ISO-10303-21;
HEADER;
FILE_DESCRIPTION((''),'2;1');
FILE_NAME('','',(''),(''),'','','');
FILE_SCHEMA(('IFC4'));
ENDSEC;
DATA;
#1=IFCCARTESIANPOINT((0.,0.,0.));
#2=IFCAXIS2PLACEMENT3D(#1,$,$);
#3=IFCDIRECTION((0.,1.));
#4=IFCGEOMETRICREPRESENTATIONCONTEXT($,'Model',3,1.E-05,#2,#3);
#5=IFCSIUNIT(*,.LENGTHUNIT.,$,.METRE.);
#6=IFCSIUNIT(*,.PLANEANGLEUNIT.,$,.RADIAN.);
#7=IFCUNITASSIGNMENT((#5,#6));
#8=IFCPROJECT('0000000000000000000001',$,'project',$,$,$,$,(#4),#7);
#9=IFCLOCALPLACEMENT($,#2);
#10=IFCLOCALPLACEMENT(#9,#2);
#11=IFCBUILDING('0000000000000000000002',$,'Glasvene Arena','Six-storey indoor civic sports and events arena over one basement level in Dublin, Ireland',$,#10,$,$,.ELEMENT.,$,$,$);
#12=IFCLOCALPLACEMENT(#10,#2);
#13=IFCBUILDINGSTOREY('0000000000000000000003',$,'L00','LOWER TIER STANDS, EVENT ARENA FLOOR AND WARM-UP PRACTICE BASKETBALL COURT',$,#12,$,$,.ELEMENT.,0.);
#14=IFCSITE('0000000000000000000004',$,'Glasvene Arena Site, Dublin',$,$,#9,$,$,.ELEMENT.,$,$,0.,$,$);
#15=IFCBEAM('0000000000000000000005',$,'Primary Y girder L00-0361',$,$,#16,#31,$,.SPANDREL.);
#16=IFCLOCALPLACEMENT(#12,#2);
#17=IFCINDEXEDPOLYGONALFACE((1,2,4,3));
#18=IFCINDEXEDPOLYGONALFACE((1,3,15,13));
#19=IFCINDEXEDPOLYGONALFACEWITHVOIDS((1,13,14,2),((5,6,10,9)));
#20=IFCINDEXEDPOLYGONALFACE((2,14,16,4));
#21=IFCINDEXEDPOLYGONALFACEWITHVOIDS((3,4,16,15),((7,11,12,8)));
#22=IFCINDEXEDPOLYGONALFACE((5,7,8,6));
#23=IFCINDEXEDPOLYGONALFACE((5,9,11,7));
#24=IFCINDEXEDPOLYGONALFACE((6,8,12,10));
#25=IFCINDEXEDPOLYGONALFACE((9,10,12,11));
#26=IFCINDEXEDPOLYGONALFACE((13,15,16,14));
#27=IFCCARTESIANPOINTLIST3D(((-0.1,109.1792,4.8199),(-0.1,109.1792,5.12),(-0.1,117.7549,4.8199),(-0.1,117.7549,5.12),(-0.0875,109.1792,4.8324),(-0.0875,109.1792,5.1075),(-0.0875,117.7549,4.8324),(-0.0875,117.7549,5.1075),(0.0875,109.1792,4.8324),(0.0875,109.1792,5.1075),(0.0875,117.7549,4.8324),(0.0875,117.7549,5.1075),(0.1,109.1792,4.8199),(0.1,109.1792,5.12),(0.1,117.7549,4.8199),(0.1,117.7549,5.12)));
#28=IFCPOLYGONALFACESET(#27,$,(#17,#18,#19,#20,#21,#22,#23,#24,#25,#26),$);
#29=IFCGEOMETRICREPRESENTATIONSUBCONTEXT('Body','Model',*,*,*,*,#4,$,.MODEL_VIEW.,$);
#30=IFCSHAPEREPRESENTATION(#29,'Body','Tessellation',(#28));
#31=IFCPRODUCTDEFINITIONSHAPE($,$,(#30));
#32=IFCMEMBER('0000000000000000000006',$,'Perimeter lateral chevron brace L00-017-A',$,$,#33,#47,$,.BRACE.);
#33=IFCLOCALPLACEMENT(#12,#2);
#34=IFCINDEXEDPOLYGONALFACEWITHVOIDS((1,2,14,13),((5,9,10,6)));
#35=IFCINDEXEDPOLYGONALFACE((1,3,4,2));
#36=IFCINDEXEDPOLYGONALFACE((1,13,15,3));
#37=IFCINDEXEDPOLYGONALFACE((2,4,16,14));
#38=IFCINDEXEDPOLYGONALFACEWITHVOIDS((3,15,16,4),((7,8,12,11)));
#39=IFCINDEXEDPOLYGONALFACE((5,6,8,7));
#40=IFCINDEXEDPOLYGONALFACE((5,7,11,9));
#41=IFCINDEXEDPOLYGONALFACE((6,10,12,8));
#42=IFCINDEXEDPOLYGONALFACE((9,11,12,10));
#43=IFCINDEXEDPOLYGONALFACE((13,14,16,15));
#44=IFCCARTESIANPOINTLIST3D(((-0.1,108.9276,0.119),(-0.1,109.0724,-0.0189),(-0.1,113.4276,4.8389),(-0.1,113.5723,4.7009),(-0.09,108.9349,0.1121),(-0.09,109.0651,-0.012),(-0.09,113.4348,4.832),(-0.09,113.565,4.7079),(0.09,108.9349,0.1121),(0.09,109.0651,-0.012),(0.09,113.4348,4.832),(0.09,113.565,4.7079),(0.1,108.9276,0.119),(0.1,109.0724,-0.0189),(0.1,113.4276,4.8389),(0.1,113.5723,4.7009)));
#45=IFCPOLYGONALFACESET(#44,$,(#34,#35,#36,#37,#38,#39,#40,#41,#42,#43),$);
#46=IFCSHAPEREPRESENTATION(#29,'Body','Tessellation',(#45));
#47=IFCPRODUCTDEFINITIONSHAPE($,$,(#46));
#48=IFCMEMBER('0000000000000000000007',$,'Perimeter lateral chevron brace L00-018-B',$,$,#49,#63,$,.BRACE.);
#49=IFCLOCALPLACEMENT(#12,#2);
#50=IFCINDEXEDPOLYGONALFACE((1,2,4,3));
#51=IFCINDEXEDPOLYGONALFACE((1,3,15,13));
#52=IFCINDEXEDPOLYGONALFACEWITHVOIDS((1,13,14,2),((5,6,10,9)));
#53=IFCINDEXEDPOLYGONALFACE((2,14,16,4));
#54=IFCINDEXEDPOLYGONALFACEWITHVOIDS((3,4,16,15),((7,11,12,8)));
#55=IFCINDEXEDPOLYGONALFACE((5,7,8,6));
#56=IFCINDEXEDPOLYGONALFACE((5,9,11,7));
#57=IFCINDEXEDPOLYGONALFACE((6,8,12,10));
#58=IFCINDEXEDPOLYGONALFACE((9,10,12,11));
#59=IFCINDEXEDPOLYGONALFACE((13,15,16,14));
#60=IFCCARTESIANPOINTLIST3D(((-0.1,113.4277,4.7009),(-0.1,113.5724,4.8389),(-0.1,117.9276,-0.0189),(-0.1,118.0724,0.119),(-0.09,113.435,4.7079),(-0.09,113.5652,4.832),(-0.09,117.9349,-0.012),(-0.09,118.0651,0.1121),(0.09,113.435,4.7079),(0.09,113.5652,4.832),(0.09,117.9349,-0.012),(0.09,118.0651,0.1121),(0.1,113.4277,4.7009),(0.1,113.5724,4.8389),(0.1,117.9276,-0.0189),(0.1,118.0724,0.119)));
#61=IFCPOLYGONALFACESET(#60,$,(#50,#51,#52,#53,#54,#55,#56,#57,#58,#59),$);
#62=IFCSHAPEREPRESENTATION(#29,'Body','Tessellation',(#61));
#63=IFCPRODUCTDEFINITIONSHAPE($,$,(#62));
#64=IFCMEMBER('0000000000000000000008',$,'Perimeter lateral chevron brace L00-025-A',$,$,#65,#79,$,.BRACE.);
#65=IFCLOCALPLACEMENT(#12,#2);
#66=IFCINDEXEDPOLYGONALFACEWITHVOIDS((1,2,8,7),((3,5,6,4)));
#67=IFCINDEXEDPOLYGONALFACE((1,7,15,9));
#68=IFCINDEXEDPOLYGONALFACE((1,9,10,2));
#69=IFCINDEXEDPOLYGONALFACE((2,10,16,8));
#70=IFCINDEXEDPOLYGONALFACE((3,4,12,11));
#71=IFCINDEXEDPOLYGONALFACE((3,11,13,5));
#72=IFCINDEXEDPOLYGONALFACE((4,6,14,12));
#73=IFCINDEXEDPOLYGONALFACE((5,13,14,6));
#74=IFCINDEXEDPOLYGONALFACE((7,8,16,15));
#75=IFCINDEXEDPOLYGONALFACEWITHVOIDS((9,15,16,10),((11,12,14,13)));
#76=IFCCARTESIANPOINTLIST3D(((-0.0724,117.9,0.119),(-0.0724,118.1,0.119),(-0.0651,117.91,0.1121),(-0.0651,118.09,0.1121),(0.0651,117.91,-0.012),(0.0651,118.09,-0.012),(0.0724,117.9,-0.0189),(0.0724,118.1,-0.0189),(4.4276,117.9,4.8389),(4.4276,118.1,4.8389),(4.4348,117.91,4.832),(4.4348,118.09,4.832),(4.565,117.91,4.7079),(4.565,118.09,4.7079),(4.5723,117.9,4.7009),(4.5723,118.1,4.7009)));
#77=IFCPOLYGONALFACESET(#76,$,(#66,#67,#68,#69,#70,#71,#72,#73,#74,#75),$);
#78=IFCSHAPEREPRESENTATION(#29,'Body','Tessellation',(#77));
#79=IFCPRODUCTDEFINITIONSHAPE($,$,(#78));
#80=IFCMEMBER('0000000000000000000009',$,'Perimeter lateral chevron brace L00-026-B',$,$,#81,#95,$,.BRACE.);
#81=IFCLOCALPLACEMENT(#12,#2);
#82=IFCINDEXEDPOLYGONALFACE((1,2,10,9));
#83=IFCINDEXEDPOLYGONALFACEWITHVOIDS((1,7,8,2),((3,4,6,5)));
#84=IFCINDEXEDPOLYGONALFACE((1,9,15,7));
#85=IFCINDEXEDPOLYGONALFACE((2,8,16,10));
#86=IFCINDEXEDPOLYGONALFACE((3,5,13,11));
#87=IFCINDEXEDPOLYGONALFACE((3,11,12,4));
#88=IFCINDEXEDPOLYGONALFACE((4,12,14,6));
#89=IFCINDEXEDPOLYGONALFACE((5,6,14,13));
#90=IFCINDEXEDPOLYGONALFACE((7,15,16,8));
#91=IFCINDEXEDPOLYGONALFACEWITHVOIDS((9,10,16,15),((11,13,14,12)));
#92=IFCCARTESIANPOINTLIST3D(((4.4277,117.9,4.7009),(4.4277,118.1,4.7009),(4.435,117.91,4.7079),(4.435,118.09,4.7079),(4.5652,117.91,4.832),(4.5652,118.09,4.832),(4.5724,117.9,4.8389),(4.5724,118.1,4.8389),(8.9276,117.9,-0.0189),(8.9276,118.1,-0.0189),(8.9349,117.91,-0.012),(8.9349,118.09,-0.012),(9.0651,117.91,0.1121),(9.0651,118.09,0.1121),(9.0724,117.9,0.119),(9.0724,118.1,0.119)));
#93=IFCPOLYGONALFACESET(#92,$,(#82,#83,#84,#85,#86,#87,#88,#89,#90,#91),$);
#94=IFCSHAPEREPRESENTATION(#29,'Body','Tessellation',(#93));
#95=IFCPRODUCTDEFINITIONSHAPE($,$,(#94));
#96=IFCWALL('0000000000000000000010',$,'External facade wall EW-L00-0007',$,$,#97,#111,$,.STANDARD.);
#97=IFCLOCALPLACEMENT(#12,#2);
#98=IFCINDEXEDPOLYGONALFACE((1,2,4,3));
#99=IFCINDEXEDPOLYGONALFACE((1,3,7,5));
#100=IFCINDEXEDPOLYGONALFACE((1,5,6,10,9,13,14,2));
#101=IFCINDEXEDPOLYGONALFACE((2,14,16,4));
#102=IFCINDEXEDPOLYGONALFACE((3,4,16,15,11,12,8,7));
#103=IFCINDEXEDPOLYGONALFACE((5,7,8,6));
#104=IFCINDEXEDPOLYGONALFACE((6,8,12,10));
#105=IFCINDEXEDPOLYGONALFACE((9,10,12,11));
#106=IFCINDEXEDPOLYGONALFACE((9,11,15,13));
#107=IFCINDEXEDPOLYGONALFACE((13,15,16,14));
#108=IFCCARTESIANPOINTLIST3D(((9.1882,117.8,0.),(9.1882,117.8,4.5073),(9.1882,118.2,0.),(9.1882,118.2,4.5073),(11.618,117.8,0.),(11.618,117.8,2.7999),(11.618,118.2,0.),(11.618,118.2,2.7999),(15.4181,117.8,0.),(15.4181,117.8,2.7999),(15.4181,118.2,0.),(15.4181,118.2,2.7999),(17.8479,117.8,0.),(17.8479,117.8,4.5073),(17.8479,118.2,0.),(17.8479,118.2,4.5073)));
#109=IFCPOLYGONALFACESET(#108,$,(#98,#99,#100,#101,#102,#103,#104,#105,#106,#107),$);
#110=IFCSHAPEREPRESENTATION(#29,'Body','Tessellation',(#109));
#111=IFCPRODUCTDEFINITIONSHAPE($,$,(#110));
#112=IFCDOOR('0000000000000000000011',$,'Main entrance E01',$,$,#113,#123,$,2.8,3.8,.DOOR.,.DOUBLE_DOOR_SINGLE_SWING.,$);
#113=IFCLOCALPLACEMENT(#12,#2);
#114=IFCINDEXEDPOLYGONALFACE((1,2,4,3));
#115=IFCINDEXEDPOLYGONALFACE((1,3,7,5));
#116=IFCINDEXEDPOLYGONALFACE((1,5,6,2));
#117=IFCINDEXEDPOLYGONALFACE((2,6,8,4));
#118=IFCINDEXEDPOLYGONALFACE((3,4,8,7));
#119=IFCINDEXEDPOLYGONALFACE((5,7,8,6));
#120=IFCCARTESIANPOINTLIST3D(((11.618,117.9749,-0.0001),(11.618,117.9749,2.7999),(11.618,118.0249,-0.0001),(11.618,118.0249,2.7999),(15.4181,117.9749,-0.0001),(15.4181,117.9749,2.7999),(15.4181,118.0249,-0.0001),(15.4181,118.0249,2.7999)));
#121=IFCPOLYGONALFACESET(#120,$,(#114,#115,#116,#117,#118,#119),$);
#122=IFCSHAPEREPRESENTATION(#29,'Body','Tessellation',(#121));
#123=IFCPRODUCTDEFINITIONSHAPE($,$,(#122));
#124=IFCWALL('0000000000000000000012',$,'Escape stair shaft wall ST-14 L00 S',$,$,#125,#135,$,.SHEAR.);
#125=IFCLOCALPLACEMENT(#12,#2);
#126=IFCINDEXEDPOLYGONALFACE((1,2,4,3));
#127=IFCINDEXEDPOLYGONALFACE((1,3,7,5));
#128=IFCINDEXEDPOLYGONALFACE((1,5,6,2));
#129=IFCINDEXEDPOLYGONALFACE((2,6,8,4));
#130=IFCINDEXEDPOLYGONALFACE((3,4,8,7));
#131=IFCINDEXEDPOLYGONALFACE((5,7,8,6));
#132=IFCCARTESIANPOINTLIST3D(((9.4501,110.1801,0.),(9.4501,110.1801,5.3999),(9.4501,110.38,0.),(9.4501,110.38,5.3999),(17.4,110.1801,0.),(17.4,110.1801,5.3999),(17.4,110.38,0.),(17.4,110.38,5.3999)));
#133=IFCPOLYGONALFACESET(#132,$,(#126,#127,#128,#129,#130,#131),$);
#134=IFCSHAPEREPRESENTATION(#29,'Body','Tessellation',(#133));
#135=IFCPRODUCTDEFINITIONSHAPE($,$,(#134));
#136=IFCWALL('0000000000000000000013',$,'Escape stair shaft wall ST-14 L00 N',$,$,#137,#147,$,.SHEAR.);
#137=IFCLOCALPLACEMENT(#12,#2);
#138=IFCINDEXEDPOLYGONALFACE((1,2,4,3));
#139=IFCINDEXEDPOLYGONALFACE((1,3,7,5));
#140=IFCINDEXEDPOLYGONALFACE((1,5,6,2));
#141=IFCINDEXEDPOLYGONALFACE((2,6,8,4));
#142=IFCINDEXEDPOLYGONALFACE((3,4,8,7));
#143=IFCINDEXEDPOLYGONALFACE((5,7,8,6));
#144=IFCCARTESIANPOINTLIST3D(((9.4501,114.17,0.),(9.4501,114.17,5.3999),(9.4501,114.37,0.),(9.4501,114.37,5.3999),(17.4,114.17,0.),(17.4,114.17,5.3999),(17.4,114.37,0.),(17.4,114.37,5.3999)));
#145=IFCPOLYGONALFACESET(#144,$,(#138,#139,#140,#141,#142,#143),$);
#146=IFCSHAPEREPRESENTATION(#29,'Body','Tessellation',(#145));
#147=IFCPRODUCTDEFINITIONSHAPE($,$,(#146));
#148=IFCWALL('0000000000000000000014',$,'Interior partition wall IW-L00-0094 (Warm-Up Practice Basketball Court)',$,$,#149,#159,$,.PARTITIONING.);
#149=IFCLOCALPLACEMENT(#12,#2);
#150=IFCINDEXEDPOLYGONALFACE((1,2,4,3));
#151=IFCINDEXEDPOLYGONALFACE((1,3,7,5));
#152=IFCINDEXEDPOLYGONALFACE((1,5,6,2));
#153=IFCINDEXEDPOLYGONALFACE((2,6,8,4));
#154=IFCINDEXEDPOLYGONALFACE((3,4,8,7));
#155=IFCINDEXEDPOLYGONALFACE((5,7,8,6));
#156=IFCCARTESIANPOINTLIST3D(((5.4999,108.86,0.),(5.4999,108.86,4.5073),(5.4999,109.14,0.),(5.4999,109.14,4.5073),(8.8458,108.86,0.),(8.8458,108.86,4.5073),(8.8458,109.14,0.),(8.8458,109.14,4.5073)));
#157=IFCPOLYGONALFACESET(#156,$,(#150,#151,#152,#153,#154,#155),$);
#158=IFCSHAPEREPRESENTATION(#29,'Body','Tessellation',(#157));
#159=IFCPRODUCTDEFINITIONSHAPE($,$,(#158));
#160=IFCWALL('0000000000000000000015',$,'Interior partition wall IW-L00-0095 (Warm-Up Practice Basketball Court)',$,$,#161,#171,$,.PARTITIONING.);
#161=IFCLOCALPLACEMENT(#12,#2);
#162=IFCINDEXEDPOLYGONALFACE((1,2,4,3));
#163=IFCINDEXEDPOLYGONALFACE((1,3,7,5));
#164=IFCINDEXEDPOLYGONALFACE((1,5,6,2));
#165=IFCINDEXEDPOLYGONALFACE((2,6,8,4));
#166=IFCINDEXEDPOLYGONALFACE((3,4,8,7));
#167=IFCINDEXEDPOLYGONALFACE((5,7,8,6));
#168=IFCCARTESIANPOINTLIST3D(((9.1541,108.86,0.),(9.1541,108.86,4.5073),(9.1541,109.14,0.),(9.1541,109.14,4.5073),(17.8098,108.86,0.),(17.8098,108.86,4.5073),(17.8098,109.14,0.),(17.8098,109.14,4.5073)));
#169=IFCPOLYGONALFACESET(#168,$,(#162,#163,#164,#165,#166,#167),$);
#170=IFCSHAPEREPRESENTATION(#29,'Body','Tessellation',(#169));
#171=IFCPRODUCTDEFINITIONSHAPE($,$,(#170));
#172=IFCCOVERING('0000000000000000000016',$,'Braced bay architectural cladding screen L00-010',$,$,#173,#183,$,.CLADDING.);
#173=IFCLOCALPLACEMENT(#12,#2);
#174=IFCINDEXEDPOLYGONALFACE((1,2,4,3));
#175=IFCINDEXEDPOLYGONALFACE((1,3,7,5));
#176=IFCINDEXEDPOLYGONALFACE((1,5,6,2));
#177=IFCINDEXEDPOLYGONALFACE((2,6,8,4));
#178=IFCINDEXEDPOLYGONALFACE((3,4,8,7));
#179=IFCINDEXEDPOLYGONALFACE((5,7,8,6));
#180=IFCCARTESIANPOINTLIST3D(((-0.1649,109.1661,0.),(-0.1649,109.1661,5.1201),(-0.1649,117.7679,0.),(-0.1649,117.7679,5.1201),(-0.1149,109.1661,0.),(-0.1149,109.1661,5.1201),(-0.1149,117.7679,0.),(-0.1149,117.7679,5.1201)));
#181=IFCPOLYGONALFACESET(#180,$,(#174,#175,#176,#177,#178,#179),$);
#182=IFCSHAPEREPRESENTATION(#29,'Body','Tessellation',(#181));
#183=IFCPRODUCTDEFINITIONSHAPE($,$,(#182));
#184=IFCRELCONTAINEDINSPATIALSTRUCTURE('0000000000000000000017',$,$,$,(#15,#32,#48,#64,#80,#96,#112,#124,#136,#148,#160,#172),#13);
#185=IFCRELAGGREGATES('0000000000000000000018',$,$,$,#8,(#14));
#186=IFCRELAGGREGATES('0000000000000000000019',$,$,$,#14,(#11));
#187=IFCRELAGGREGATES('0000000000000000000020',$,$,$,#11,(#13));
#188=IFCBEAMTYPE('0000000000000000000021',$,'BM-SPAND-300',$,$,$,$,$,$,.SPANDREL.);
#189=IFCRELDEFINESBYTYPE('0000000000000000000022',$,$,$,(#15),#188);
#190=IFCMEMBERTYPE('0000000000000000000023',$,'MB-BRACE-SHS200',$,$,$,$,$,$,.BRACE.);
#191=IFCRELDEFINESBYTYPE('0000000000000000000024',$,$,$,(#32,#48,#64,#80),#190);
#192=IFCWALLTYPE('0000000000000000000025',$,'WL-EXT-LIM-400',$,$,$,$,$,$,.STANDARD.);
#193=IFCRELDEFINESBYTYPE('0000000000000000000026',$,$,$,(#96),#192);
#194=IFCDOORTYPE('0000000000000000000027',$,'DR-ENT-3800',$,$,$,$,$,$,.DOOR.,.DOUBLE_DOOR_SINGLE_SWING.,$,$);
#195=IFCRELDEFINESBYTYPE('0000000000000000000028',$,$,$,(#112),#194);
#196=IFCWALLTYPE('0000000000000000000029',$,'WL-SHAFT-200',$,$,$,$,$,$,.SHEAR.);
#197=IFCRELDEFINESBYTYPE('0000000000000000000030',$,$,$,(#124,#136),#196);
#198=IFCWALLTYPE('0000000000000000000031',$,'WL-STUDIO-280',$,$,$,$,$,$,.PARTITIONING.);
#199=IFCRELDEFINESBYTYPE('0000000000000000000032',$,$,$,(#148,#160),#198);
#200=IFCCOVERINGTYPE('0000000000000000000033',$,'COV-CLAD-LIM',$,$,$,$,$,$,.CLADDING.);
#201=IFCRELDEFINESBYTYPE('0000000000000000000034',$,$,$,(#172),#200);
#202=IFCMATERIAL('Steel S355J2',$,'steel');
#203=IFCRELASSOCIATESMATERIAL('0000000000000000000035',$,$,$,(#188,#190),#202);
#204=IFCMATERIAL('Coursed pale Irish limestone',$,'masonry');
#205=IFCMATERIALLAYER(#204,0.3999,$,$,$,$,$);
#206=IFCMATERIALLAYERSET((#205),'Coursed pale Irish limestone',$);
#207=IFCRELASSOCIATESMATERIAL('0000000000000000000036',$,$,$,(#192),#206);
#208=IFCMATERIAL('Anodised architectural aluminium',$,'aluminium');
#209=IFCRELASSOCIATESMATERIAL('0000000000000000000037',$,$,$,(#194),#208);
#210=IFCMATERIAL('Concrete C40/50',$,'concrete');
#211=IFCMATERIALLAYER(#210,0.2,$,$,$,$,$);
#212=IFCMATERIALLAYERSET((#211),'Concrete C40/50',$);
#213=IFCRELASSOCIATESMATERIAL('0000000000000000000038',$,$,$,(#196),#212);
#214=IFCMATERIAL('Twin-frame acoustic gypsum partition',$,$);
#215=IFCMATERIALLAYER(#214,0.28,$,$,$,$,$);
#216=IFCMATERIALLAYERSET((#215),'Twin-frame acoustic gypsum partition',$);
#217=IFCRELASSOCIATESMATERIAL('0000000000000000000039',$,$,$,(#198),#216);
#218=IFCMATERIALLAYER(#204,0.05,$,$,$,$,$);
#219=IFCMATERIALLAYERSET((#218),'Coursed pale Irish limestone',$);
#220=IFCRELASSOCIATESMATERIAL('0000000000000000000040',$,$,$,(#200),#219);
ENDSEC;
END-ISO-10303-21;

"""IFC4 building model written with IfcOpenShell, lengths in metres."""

from ifc_helpers import new_model, si_unit, direction, frame, frame_2d, origin, origin_2d, place, context, subcontext, project, spatial, rectangle, hollow_rectangle, extrude, material, layer, layer_set, material_profile, profile_set, type_object, element, fill, save


model = new_model("IFC4")

# Units and contexts
model_context = context("Model", 3, precision=1e-05, world=origin(), true_north=direction((0.0, 1.0)))
body_context = subcontext(model_context, "Body", "Model", "MODEL_VIEW")
ifc_project = project(units=[si_unit("LENGTHUNIT", "METRE"), si_unit("PLANEANGLEUNIT", "RADIAN")], contexts=[model_context])

# Site, building, storey
site_placement = place(None, origin())
site = spatial("IfcSite", under=ifc_project, at=site_placement, Name="Glasvene Arena Site, Dublin", CompositionType="ELEMENT", RefElevation=0.0)
building_placement = place(site_placement, origin())
building = spatial("IfcBuilding", under=site, at=building_placement, Name="Glasvene Arena", Description="Six-storey indoor civic sports and events arena over one basement level in Dublin, Ireland", CompositionType="ELEMENT")
storey_placement = place(building_placement, origin())
storey = spatial("IfcBuildingStorey", under=building, at=storey_placement, Name="L00", Description="LOWER TIER STANDS, EVENT ARENA FLOOR AND WARM-UP PRACTICE BASKETBALL COURT", CompositionType="ELEMENT", Elevation=0.0)

# Shared definitions
ifc_material_1 = material(Name="Steel S355J2", Category="steel")

# Beam
ifc_material_profile_1 = material_profile(ifc_material_1, hollow_rectangle(XDim=0.2, YDim=0.3, WallThickness=0.0125, at=origin_2d()), Name="RHS 300x200x12.5")
ifc_profile_set_1 = profile_set([ifc_material_profile_1], Name="Steel S355J2")
beam_type_1 = type_object("IfcBeamType", Name="BM-SPAND-300", PredefinedType="SPANDREL", material=ifc_profile_set_1)
beam_1_placement = place(storey_placement, frame((0.0, 109.1792, 4.97), z_axis=(0.0, 1.0, 0.0), x_axis=(-1.0, 0.0, 0.0)))
element("IfcBeam", 1, at=beam_1_placement, inside=storey, type_object=beam_type_1, Name="Primary Y girder L00-0361", PredefinedType="SPANDREL", context=body_context, shape_type="SweptSolid", body=[
    extrude(hollow_rectangle(XDim=0.2, YDim=0.3, WallThickness=0.0125, at=origin_2d()), origin(), (0.0, 0.0, 1.0), 8.5757),
])

# Members
ifc_material_profile_2 = material_profile(ifc_material_1, hollow_rectangle(XDim=0.2, YDim=0.2, WallThickness=0.01, at=origin_2d()), Name="SHS 200x200x10.0")
ifc_profile_set_2 = profile_set([ifc_material_profile_2], Name="Steel S355J2")
member_type = type_object("IfcMemberType", Name="MB-BRACE-SHS200", PredefinedType="BRACE", material=ifc_profile_set_2)
for number, where, z_axis, x_axis, name in (
    (2, (0.0, 109.0, 0.05), (0.0, 0.69004, 0.723771), (-1.0, 0.0, 0.0), "Perimeter lateral chevron brace L00-017-A"),
    (3, (0.0, 118.0, 0.05), (0.0, -0.69004, 0.723771), (1.0, 0.0, 0.0), "Perimeter lateral chevron brace L00-018-B"),
    (4, (0.0, 118.0, 0.05), (0.69004, 0.0, 0.723771), (0.0, 1.0, 0.0), "Perimeter lateral chevron brace L00-025-A"),
    (5, (9.0, 118.0, 0.05), (-0.69004, 0.0, 0.723771), (0.0, -1.0, 0.0), "Perimeter lateral chevron brace L00-026-B"),
):
    element("IfcMember", number, at=place(storey_placement, frame(where, z_axis=z_axis, x_axis=x_axis)), inside=storey, type_object=member_type, Name=name, PredefinedType="BRACE", context=body_context, shape_type="SweptSolid", body=[
        extrude(hollow_rectangle(XDim=0.2, YDim=0.2, WallThickness=0.01, at=origin_2d()), origin(), (0.0, 0.0, 1.0), 6.5212),
    ])

# Wall, opening, door
ifc_material_2 = material(Name="Coursed pale Irish limestone", Category="masonry")
ifc_layer_1 = layer(ifc_material_2, 0.3999)
ifc_layer_set_1 = layer_set([ifc_layer_1], Name="Coursed pale Irish limestone")
wall_type_1 = type_object("IfcWallType", Name="WL-EXT-LIM-400", PredefinedType="STANDARD", material=ifc_layer_set_1)
wall_1_placement = place(storey_placement, frame((9.1882, 118.0, 0.0), z_axis=(0.0, 0.0, 1.0), x_axis=(1.0, 0.0, 0.0)))
wall_1 = element("IfcWall", 6, at=wall_1_placement, inside=storey, type_object=wall_type_1, Name="External facade wall EW-L00-0007", PredefinedType="STANDARD", context=body_context, shape_type="SweptSolid", body=[
    extrude(rectangle(XDim=8.6597, YDim=0.3999, at=frame_2d((4.3298, 0.0))), origin(), (0.0, 0.0, 1.0), 4.5073),
])
opening_1_placement = place(wall_1_placement, frame((2.4299, 0.0, 0.0)))
opening_1 = element("IfcOpeningElement", 7, at=opening_1_placement, cuts=wall_1, PredefinedType="OPENING", context=body_context, shape_type="SweptSolid", body=[
    extrude(rectangle(XDim=3.8, YDim=2.8, at=frame_2d((1.8999, 1.3999))), frame((0.0, 0.21, 0.0), z_axis=(0.0, -1.0, 0.0), x_axis=(1.0, 0.0, 0.0)), (0.0, 0.0, 1.0), 0.4199),
])
ifc_material_3 = material(Name="Anodised architectural aluminium", Category="aluminium")
door_type_1 = type_object("IfcDoorType", Name="DR-ENT-3800", OperationType="DOUBLE_DOOR_SINGLE_SWING", PredefinedType="DOOR", material=ifc_material_3)
door_1_placement = place(opening_1_placement, origin())
door_1 = element("IfcDoor", 8, at=door_1_placement, inside=storey, type_object=door_type_1, Name="Main entrance E01", OperationType="DOUBLE_DOOR_SINGLE_SWING", OverallHeight=2.8, OverallWidth=3.8, PredefinedType="DOOR", context=body_context, shape_type="SweptSolid", body=[
    extrude(rectangle(XDim=3.8, YDim=2.8, at=frame_2d((1.8999, 1.3999))), frame((0.0, 0.0249, 0.0), z_axis=(0.0, -1.0, 0.0), x_axis=(1.0, 0.0, 0.0)), (0.0, 0.0, 1.0), 0.05),
])
fill(opening_1, door_1)

# Wall
ifc_material_4 = material(Name="Concrete C40/50", Category="concrete")
ifc_layer_2 = layer(ifc_material_4, 0.2)
ifc_layer_set_2 = layer_set([ifc_layer_2], Name="Concrete C40/50")
wall_type_2 = type_object("IfcWallType", Name="WL-SHAFT-200", PredefinedType="SHEAR", material=ifc_layer_set_2)
wall_2_placement = place(storey_placement, frame((9.45, 110.28, 0.0), z_axis=(0.0, 0.0, 1.0), x_axis=(1.0, 0.0, 0.0)))
element("IfcWall", 9, at=wall_2_placement, inside=storey, type_object=wall_type_2, Name="Escape stair shaft wall ST-14 L00 S", PredefinedType="SHEAR", context=body_context, shape_type="SweptSolid", body=[
    extrude(rectangle(XDim=7.95, YDim=0.2, at=frame_2d((3.9751, 0.0))), origin(), (0.0, 0.0, 1.0), 5.3999),
])

# Walls
wall_3_placement = place(storey_placement, frame((9.45, 114.27, 0.0), z_axis=(0.0, 0.0, 1.0), x_axis=(1.0, 0.0, 0.0)))
element("IfcWall", 10, at=wall_3_placement, inside=storey, type_object=wall_type_2, Name="Escape stair shaft wall ST-14 L00 N", PredefinedType="SHEAR", context=body_context, shape_type="SweptSolid", body=[
    extrude(rectangle(XDim=7.95, YDim=0.2, at=frame_2d((3.9751, 0.0))), origin(), (0.0, 0.0, 1.0), 5.3999),
])
ifc_material_5 = material(Name="Twin-frame acoustic gypsum partition")
ifc_layer_3 = layer(ifc_material_5, 0.28)
ifc_layer_set_3 = layer_set([ifc_layer_3], Name="Twin-frame acoustic gypsum partition")
wall_type_3 = type_object("IfcWallType", Name="WL-STUDIO-280", PredefinedType="PARTITIONING", material=ifc_layer_set_3)
wall_4_placement = place(storey_placement, frame((5.5, 109.0, 0.0), z_axis=(0.0, 0.0, 1.0), x_axis=(1.0, 0.0, 0.0)))
element("IfcWall", 11, at=wall_4_placement, inside=storey, type_object=wall_type_3, Name="Interior partition wall IW-L00-0094 (Warm-Up Practice Basketball Court)", PredefinedType="PARTITIONING", context=body_context, shape_type="SweptSolid", body=[
    extrude(rectangle(XDim=3.3459, YDim=0.28, at=frame_2d((1.6729, 0.0))), origin(), (0.0, 0.0, 1.0), 4.5073),
])
wall_5_placement = place(storey_placement, frame((9.1541, 109.0, 0.0), z_axis=(0.0, 0.0, 1.0), x_axis=(1.0, 0.0, 0.0)))
element("IfcWall", 12, at=wall_5_placement, inside=storey, type_object=wall_type_3, Name="Interior partition wall IW-L00-0095 (Warm-Up Practice Basketball Court)", PredefinedType="PARTITIONING", context=body_context, shape_type="SweptSolid", body=[
    extrude(rectangle(XDim=8.6558, YDim=0.28, at=frame_2d((4.3279, 0.0))), origin(), (0.0, 0.0, 1.0), 4.5073),
])

# Covering
ifc_layer_4 = layer(ifc_material_2, 0.05)
ifc_layer_set_4 = layer_set([ifc_layer_4], Name="Coursed pale Irish limestone")
covering_type = type_object("IfcCoveringType", Name="COV-CLAD-LIM", PredefinedType="CLADDING", material=ifc_layer_set_4)
covering_1_placement = place(storey_placement, frame((-0.1399, 113.467, 0.0), z_axis=(0.0, 0.0, 1.0), x_axis=(0.0, 1.0, 0.0)))
element("IfcCovering", 13, at=covering_1_placement, inside=storey, type_object=covering_type, Name="Braced bay architectural cladding screen L00-010", PredefinedType="CLADDING", context=body_context, shape_type="SweptSolid", body=[
    extrude(rectangle(XDim=8.6018, YDim=0.05, at=origin_2d()), origin(), (0.0, 0.0, 1.0), 5.1201),
])

save(model, "model.ifc")
